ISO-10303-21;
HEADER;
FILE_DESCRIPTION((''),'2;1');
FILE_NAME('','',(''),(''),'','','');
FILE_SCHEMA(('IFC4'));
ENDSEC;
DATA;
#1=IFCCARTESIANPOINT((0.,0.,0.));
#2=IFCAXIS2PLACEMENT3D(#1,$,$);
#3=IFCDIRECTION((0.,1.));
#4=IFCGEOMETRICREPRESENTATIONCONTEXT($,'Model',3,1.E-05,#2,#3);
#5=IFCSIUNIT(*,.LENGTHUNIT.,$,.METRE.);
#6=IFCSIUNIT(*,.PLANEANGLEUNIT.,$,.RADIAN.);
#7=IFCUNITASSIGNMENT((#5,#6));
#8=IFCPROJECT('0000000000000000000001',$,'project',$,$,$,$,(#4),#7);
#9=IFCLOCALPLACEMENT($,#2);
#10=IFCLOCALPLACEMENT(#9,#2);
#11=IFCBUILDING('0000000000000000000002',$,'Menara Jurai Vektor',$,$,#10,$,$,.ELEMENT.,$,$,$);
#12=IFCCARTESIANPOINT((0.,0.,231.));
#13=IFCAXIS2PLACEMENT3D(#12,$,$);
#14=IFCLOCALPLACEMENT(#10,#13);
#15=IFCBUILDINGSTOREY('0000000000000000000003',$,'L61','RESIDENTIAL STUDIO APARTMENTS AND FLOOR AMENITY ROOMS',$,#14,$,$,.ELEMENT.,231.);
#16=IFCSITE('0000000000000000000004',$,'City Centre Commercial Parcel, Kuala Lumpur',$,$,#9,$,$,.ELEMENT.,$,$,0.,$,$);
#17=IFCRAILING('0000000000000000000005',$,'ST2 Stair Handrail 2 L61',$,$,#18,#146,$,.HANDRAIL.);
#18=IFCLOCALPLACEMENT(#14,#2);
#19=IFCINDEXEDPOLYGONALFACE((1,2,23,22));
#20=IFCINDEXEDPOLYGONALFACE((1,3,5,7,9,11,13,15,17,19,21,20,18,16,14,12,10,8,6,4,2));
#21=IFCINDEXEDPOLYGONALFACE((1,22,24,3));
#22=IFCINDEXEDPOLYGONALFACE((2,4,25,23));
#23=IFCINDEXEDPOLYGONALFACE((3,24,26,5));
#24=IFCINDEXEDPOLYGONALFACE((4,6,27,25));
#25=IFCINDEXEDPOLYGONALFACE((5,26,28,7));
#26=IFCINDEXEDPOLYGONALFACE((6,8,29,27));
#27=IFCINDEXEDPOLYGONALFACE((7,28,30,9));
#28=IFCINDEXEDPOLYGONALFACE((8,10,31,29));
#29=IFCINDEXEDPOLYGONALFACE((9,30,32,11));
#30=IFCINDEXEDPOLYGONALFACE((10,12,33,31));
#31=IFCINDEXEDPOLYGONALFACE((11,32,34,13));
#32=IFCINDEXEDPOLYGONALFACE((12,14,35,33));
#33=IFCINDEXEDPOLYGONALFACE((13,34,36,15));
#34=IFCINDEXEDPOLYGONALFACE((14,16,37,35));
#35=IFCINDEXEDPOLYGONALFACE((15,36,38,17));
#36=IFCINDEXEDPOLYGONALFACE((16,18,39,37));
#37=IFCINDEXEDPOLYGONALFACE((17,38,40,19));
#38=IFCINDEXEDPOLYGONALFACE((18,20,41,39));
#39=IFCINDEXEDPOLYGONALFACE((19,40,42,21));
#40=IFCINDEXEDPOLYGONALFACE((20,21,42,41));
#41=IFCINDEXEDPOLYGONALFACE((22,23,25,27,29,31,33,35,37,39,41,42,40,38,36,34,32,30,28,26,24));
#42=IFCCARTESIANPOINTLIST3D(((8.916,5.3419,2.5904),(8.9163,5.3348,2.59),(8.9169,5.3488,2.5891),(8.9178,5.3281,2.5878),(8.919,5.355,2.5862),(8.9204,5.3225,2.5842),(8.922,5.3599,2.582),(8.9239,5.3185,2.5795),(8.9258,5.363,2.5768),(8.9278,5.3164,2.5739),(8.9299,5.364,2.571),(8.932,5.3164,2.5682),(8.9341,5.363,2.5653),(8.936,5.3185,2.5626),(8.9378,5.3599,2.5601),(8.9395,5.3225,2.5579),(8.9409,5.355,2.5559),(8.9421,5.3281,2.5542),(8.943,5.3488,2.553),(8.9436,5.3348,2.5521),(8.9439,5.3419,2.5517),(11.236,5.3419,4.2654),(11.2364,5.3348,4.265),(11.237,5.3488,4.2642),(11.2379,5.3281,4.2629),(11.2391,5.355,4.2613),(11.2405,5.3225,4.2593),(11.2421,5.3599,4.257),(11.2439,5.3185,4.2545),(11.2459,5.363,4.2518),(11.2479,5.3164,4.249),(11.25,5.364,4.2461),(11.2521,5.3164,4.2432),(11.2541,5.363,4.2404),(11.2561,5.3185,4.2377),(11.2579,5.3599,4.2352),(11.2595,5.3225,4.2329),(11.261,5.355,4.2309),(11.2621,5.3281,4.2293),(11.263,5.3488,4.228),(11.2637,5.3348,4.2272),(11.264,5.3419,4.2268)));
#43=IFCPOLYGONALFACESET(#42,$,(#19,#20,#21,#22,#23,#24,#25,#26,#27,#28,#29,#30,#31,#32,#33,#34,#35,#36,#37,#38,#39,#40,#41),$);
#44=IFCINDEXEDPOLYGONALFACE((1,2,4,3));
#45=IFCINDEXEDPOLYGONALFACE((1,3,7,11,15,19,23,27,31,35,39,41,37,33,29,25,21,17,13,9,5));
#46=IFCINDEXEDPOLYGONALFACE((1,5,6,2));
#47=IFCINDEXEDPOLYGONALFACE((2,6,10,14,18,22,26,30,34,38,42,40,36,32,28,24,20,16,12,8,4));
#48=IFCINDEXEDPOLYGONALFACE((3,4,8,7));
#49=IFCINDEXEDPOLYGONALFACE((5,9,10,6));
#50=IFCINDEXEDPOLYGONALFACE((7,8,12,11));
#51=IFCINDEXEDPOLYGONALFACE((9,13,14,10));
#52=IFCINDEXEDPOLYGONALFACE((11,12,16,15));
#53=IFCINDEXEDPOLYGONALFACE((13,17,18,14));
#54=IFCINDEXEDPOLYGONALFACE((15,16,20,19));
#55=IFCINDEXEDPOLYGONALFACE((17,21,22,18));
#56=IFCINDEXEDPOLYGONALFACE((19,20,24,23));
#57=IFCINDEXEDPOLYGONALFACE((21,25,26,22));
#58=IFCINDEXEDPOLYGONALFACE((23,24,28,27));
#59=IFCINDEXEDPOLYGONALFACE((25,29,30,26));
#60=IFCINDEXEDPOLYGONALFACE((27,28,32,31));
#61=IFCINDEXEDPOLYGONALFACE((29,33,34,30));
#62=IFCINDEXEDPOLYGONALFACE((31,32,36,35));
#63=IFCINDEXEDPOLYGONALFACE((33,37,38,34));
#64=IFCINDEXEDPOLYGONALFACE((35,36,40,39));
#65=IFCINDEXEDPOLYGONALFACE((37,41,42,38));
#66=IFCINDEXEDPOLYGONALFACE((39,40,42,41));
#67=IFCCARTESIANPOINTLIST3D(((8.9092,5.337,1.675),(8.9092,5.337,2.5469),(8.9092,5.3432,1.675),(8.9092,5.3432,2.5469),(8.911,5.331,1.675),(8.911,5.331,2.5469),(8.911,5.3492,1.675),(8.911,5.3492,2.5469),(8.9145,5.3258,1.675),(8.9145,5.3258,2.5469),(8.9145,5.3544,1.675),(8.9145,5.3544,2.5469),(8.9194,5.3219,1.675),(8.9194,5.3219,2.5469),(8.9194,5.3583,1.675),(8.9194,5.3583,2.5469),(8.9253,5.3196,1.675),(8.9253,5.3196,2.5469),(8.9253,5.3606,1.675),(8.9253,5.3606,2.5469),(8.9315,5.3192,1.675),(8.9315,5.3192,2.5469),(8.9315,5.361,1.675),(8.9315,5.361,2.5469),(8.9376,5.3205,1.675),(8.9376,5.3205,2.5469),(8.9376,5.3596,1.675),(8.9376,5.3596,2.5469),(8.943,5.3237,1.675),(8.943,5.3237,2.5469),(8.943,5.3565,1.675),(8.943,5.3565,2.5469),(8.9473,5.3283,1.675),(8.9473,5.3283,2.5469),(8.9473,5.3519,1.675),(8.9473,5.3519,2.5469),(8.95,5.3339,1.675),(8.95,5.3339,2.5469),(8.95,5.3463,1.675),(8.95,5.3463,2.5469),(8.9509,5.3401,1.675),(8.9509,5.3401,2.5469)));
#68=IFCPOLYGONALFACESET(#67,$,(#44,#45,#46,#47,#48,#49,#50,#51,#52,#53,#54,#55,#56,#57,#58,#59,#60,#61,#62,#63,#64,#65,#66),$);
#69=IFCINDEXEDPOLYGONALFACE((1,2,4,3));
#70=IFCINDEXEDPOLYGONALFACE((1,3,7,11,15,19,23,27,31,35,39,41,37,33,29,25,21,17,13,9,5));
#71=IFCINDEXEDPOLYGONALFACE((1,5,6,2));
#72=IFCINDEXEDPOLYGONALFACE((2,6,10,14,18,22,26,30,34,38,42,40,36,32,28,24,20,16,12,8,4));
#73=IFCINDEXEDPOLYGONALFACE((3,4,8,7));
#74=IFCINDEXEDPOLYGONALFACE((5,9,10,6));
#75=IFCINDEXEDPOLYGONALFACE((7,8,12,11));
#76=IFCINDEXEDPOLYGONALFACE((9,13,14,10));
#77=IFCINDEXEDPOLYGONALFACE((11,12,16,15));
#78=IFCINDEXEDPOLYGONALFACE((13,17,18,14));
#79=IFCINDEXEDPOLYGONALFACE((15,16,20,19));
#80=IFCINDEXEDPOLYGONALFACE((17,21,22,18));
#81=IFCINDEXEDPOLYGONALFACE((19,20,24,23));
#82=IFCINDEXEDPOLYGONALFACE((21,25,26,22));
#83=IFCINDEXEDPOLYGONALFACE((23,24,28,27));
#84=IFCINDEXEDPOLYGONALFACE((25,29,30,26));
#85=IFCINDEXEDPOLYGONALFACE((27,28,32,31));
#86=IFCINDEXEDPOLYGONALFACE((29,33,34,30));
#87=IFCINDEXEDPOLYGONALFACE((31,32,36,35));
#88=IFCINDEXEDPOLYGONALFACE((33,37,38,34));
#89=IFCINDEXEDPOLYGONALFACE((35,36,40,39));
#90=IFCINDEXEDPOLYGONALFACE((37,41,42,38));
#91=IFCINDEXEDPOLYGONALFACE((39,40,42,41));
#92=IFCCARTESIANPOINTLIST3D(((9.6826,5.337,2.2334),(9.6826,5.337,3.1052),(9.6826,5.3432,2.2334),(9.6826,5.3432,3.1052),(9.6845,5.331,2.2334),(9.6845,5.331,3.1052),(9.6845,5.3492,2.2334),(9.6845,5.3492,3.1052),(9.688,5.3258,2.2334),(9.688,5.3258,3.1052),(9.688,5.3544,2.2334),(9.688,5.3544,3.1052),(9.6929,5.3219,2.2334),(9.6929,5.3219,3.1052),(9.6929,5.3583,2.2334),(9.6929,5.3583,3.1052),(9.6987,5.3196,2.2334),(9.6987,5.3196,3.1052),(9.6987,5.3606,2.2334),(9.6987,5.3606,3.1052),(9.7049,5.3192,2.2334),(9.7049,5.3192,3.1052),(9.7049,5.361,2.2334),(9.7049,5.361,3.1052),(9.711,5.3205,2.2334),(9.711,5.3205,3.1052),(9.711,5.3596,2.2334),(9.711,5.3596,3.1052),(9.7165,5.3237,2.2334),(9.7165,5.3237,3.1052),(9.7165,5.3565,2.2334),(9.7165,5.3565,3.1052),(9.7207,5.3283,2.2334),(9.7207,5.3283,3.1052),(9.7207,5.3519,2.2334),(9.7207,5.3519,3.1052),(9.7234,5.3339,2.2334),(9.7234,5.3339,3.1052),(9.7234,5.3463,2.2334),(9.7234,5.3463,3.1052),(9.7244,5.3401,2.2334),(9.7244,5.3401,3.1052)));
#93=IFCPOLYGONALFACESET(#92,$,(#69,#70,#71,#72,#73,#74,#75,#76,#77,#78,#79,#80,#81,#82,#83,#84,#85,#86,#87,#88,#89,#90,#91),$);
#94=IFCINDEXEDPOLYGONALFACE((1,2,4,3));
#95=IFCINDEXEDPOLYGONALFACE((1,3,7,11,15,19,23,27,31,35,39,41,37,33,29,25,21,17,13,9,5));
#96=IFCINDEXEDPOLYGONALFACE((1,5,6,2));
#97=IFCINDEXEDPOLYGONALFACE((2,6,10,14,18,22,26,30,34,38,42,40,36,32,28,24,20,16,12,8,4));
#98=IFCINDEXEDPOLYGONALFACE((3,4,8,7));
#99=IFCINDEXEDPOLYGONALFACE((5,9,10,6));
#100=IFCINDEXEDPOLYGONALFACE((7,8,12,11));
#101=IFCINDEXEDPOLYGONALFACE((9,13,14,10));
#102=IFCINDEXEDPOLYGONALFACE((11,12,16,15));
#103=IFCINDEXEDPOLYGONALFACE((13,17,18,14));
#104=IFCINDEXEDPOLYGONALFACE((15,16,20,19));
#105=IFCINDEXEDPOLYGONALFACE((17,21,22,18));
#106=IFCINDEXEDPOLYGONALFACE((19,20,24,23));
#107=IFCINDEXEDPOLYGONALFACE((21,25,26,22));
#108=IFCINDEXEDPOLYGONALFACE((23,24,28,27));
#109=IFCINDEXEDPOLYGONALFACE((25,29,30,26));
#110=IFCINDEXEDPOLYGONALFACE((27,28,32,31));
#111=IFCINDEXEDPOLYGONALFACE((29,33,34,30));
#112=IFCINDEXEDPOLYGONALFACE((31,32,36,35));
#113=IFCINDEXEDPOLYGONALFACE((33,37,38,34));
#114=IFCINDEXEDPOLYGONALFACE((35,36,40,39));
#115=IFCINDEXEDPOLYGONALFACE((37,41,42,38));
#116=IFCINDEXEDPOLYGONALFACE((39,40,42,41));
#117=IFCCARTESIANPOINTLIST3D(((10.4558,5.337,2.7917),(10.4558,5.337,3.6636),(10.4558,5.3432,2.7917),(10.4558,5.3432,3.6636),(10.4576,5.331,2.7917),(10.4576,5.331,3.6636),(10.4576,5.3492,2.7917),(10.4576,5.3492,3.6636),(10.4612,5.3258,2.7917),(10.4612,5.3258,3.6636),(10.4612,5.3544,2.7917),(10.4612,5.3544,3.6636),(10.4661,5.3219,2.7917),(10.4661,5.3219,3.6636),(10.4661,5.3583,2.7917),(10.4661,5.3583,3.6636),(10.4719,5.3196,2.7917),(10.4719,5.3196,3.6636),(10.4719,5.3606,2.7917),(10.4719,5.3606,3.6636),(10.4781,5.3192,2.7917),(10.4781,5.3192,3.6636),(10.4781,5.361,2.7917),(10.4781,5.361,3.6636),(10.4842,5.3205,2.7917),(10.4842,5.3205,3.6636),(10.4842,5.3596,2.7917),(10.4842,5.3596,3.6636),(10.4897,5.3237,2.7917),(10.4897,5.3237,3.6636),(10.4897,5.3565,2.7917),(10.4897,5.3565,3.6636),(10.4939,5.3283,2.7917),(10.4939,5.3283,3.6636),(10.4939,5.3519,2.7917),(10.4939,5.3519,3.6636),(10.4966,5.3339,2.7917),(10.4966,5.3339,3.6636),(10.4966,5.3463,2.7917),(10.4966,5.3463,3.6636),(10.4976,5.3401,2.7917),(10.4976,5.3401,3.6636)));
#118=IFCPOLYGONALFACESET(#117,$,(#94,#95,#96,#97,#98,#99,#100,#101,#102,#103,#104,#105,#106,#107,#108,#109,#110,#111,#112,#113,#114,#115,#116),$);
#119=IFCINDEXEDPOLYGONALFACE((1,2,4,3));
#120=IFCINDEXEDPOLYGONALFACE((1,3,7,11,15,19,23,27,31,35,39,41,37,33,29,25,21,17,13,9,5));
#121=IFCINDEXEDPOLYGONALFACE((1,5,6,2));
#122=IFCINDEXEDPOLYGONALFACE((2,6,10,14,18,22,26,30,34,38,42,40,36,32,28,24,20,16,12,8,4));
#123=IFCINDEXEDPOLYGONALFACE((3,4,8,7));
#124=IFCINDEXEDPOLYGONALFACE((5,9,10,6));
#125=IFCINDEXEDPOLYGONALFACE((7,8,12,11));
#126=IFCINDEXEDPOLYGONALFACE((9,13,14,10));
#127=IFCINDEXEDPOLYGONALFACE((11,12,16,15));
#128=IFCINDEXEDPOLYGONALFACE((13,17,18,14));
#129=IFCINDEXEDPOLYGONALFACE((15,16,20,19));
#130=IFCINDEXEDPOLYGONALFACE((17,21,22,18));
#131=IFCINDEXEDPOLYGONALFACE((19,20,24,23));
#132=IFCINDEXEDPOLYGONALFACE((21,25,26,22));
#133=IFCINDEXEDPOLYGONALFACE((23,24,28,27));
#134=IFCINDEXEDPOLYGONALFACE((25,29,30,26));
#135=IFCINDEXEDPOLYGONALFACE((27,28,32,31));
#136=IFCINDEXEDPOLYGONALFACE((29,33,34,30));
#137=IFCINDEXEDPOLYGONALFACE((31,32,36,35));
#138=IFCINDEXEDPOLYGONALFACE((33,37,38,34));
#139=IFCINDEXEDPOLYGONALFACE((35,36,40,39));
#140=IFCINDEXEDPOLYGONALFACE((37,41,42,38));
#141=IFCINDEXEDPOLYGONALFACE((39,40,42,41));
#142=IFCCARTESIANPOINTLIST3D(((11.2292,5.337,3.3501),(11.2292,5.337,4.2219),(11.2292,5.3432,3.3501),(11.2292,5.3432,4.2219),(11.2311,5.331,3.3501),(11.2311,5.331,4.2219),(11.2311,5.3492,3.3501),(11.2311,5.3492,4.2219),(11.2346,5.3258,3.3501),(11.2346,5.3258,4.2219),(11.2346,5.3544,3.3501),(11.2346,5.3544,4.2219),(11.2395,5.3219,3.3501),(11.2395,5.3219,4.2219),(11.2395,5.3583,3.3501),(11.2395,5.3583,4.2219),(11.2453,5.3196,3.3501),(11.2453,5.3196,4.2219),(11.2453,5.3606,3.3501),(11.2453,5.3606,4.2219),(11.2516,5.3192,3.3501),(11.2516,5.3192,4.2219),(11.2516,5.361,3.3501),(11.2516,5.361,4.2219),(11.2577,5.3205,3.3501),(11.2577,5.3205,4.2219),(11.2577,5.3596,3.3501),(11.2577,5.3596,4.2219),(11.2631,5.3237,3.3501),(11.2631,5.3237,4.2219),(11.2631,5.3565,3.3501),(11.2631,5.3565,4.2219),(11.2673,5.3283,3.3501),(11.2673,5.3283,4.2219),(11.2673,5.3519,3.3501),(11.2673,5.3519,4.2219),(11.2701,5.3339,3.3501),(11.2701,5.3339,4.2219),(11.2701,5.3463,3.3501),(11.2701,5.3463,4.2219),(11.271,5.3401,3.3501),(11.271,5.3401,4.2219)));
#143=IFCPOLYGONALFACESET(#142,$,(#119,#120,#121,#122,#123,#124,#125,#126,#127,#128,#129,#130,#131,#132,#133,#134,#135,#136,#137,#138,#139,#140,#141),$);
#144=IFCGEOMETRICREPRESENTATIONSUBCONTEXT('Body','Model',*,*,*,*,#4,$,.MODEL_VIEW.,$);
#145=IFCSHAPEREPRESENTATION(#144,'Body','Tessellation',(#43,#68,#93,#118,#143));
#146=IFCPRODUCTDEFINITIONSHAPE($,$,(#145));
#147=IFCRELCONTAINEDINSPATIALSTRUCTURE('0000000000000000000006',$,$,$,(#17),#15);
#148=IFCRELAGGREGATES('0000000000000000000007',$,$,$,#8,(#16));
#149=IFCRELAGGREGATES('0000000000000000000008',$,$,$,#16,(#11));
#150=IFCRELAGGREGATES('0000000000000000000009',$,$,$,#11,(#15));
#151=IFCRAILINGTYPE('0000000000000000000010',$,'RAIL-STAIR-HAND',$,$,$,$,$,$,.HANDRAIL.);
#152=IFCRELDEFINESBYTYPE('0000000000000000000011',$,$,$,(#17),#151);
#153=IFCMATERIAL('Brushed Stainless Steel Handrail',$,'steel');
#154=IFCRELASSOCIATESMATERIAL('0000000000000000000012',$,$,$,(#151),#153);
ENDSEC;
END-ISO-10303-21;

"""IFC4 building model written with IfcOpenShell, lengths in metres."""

from ifc_helpers import new_model, si_unit, direction, frame, origin, origin_2d, place, context, subcontext, project, spatial, circle, extrude, material, type_object, element, save


model = new_model("IFC4")

# Units and contexts
model_context = context("Model", 3, precision=1e-05, world=origin(), true_north=direction((0.0, 1.0)))
body_context = subcontext(model_context, "Body", "Model", "MODEL_VIEW")
ifc_project = project(units=[si_unit("LENGTHUNIT", "METRE"), si_unit("PLANEANGLEUNIT", "RADIAN")], contexts=[model_context])

# Site, building, storey
site_placement = place(None, origin())
site = spatial("IfcSite", under=ifc_project, at=site_placement, Name="City Centre Commercial Parcel, Kuala Lumpur", CompositionType="ELEMENT", RefElevation=0.0)
building_placement = place(site_placement, origin())
building = spatial("IfcBuilding", under=site, at=building_placement, Name="Menara Jurai Vektor", CompositionType="ELEMENT")
storey_placement = place(building_placement, frame((0.0, 0.0, 231.0)))
storey = spatial("IfcBuildingStorey", under=building, at=storey_placement, Name="L61", Description="RESIDENTIAL STUDIO APARTMENTS AND FLOOR AMENITY ROOMS", CompositionType="ELEMENT", Elevation=231.0)

# Railing
ifc_material_1 = material(Name="Brushed Stainless Steel Handrail", Category="steel")
railing_type = type_object("IfcRailingType", Name="RAIL-STAIR-HAND", PredefinedType="HANDRAIL", material=ifc_material_1)
railing_placement = place(storey_placement, frame((8.9299, 5.3401, 1.675)))
element("IfcRailing", 1, at=railing_placement, inside=storey, type_object=railing_type, Name="ST2 Stair Handrail 2 L61", PredefinedType="HANDRAIL", context=body_context, shape_type="SweptSolid", body=[
    extrude(circle(Radius=0.0239, at=origin_2d()), frame((0.0, 0.0, 0.896), z_axis=(0.810771, 0.0, 0.585363), x_axis=(0.0, 1.0, 0.0)), (0.0, 0.0, 1.0), 2.8616),
    extrude(circle(Radius=0.021, at=origin_2d()), origin(), (0.0, 0.0, 1.0), 0.8718),
    extrude(circle(Radius=0.021, at=origin_2d()), frame((0.7734, 0.0, 0.5583)), (0.0, 0.0, 1.0), 0.8718),
    extrude(circle(Radius=0.021, at=origin_2d()), frame((1.5466, 0.0, 1.1167)), (0.0, 0.0, 1.0), 0.8718),
    extrude(circle(Radius=0.021, at=origin_2d()), frame((2.3201, 0.0, 1.675)), (0.0, 0.0, 1.0), 0.8718),
])

save(model, "model.ifc")
